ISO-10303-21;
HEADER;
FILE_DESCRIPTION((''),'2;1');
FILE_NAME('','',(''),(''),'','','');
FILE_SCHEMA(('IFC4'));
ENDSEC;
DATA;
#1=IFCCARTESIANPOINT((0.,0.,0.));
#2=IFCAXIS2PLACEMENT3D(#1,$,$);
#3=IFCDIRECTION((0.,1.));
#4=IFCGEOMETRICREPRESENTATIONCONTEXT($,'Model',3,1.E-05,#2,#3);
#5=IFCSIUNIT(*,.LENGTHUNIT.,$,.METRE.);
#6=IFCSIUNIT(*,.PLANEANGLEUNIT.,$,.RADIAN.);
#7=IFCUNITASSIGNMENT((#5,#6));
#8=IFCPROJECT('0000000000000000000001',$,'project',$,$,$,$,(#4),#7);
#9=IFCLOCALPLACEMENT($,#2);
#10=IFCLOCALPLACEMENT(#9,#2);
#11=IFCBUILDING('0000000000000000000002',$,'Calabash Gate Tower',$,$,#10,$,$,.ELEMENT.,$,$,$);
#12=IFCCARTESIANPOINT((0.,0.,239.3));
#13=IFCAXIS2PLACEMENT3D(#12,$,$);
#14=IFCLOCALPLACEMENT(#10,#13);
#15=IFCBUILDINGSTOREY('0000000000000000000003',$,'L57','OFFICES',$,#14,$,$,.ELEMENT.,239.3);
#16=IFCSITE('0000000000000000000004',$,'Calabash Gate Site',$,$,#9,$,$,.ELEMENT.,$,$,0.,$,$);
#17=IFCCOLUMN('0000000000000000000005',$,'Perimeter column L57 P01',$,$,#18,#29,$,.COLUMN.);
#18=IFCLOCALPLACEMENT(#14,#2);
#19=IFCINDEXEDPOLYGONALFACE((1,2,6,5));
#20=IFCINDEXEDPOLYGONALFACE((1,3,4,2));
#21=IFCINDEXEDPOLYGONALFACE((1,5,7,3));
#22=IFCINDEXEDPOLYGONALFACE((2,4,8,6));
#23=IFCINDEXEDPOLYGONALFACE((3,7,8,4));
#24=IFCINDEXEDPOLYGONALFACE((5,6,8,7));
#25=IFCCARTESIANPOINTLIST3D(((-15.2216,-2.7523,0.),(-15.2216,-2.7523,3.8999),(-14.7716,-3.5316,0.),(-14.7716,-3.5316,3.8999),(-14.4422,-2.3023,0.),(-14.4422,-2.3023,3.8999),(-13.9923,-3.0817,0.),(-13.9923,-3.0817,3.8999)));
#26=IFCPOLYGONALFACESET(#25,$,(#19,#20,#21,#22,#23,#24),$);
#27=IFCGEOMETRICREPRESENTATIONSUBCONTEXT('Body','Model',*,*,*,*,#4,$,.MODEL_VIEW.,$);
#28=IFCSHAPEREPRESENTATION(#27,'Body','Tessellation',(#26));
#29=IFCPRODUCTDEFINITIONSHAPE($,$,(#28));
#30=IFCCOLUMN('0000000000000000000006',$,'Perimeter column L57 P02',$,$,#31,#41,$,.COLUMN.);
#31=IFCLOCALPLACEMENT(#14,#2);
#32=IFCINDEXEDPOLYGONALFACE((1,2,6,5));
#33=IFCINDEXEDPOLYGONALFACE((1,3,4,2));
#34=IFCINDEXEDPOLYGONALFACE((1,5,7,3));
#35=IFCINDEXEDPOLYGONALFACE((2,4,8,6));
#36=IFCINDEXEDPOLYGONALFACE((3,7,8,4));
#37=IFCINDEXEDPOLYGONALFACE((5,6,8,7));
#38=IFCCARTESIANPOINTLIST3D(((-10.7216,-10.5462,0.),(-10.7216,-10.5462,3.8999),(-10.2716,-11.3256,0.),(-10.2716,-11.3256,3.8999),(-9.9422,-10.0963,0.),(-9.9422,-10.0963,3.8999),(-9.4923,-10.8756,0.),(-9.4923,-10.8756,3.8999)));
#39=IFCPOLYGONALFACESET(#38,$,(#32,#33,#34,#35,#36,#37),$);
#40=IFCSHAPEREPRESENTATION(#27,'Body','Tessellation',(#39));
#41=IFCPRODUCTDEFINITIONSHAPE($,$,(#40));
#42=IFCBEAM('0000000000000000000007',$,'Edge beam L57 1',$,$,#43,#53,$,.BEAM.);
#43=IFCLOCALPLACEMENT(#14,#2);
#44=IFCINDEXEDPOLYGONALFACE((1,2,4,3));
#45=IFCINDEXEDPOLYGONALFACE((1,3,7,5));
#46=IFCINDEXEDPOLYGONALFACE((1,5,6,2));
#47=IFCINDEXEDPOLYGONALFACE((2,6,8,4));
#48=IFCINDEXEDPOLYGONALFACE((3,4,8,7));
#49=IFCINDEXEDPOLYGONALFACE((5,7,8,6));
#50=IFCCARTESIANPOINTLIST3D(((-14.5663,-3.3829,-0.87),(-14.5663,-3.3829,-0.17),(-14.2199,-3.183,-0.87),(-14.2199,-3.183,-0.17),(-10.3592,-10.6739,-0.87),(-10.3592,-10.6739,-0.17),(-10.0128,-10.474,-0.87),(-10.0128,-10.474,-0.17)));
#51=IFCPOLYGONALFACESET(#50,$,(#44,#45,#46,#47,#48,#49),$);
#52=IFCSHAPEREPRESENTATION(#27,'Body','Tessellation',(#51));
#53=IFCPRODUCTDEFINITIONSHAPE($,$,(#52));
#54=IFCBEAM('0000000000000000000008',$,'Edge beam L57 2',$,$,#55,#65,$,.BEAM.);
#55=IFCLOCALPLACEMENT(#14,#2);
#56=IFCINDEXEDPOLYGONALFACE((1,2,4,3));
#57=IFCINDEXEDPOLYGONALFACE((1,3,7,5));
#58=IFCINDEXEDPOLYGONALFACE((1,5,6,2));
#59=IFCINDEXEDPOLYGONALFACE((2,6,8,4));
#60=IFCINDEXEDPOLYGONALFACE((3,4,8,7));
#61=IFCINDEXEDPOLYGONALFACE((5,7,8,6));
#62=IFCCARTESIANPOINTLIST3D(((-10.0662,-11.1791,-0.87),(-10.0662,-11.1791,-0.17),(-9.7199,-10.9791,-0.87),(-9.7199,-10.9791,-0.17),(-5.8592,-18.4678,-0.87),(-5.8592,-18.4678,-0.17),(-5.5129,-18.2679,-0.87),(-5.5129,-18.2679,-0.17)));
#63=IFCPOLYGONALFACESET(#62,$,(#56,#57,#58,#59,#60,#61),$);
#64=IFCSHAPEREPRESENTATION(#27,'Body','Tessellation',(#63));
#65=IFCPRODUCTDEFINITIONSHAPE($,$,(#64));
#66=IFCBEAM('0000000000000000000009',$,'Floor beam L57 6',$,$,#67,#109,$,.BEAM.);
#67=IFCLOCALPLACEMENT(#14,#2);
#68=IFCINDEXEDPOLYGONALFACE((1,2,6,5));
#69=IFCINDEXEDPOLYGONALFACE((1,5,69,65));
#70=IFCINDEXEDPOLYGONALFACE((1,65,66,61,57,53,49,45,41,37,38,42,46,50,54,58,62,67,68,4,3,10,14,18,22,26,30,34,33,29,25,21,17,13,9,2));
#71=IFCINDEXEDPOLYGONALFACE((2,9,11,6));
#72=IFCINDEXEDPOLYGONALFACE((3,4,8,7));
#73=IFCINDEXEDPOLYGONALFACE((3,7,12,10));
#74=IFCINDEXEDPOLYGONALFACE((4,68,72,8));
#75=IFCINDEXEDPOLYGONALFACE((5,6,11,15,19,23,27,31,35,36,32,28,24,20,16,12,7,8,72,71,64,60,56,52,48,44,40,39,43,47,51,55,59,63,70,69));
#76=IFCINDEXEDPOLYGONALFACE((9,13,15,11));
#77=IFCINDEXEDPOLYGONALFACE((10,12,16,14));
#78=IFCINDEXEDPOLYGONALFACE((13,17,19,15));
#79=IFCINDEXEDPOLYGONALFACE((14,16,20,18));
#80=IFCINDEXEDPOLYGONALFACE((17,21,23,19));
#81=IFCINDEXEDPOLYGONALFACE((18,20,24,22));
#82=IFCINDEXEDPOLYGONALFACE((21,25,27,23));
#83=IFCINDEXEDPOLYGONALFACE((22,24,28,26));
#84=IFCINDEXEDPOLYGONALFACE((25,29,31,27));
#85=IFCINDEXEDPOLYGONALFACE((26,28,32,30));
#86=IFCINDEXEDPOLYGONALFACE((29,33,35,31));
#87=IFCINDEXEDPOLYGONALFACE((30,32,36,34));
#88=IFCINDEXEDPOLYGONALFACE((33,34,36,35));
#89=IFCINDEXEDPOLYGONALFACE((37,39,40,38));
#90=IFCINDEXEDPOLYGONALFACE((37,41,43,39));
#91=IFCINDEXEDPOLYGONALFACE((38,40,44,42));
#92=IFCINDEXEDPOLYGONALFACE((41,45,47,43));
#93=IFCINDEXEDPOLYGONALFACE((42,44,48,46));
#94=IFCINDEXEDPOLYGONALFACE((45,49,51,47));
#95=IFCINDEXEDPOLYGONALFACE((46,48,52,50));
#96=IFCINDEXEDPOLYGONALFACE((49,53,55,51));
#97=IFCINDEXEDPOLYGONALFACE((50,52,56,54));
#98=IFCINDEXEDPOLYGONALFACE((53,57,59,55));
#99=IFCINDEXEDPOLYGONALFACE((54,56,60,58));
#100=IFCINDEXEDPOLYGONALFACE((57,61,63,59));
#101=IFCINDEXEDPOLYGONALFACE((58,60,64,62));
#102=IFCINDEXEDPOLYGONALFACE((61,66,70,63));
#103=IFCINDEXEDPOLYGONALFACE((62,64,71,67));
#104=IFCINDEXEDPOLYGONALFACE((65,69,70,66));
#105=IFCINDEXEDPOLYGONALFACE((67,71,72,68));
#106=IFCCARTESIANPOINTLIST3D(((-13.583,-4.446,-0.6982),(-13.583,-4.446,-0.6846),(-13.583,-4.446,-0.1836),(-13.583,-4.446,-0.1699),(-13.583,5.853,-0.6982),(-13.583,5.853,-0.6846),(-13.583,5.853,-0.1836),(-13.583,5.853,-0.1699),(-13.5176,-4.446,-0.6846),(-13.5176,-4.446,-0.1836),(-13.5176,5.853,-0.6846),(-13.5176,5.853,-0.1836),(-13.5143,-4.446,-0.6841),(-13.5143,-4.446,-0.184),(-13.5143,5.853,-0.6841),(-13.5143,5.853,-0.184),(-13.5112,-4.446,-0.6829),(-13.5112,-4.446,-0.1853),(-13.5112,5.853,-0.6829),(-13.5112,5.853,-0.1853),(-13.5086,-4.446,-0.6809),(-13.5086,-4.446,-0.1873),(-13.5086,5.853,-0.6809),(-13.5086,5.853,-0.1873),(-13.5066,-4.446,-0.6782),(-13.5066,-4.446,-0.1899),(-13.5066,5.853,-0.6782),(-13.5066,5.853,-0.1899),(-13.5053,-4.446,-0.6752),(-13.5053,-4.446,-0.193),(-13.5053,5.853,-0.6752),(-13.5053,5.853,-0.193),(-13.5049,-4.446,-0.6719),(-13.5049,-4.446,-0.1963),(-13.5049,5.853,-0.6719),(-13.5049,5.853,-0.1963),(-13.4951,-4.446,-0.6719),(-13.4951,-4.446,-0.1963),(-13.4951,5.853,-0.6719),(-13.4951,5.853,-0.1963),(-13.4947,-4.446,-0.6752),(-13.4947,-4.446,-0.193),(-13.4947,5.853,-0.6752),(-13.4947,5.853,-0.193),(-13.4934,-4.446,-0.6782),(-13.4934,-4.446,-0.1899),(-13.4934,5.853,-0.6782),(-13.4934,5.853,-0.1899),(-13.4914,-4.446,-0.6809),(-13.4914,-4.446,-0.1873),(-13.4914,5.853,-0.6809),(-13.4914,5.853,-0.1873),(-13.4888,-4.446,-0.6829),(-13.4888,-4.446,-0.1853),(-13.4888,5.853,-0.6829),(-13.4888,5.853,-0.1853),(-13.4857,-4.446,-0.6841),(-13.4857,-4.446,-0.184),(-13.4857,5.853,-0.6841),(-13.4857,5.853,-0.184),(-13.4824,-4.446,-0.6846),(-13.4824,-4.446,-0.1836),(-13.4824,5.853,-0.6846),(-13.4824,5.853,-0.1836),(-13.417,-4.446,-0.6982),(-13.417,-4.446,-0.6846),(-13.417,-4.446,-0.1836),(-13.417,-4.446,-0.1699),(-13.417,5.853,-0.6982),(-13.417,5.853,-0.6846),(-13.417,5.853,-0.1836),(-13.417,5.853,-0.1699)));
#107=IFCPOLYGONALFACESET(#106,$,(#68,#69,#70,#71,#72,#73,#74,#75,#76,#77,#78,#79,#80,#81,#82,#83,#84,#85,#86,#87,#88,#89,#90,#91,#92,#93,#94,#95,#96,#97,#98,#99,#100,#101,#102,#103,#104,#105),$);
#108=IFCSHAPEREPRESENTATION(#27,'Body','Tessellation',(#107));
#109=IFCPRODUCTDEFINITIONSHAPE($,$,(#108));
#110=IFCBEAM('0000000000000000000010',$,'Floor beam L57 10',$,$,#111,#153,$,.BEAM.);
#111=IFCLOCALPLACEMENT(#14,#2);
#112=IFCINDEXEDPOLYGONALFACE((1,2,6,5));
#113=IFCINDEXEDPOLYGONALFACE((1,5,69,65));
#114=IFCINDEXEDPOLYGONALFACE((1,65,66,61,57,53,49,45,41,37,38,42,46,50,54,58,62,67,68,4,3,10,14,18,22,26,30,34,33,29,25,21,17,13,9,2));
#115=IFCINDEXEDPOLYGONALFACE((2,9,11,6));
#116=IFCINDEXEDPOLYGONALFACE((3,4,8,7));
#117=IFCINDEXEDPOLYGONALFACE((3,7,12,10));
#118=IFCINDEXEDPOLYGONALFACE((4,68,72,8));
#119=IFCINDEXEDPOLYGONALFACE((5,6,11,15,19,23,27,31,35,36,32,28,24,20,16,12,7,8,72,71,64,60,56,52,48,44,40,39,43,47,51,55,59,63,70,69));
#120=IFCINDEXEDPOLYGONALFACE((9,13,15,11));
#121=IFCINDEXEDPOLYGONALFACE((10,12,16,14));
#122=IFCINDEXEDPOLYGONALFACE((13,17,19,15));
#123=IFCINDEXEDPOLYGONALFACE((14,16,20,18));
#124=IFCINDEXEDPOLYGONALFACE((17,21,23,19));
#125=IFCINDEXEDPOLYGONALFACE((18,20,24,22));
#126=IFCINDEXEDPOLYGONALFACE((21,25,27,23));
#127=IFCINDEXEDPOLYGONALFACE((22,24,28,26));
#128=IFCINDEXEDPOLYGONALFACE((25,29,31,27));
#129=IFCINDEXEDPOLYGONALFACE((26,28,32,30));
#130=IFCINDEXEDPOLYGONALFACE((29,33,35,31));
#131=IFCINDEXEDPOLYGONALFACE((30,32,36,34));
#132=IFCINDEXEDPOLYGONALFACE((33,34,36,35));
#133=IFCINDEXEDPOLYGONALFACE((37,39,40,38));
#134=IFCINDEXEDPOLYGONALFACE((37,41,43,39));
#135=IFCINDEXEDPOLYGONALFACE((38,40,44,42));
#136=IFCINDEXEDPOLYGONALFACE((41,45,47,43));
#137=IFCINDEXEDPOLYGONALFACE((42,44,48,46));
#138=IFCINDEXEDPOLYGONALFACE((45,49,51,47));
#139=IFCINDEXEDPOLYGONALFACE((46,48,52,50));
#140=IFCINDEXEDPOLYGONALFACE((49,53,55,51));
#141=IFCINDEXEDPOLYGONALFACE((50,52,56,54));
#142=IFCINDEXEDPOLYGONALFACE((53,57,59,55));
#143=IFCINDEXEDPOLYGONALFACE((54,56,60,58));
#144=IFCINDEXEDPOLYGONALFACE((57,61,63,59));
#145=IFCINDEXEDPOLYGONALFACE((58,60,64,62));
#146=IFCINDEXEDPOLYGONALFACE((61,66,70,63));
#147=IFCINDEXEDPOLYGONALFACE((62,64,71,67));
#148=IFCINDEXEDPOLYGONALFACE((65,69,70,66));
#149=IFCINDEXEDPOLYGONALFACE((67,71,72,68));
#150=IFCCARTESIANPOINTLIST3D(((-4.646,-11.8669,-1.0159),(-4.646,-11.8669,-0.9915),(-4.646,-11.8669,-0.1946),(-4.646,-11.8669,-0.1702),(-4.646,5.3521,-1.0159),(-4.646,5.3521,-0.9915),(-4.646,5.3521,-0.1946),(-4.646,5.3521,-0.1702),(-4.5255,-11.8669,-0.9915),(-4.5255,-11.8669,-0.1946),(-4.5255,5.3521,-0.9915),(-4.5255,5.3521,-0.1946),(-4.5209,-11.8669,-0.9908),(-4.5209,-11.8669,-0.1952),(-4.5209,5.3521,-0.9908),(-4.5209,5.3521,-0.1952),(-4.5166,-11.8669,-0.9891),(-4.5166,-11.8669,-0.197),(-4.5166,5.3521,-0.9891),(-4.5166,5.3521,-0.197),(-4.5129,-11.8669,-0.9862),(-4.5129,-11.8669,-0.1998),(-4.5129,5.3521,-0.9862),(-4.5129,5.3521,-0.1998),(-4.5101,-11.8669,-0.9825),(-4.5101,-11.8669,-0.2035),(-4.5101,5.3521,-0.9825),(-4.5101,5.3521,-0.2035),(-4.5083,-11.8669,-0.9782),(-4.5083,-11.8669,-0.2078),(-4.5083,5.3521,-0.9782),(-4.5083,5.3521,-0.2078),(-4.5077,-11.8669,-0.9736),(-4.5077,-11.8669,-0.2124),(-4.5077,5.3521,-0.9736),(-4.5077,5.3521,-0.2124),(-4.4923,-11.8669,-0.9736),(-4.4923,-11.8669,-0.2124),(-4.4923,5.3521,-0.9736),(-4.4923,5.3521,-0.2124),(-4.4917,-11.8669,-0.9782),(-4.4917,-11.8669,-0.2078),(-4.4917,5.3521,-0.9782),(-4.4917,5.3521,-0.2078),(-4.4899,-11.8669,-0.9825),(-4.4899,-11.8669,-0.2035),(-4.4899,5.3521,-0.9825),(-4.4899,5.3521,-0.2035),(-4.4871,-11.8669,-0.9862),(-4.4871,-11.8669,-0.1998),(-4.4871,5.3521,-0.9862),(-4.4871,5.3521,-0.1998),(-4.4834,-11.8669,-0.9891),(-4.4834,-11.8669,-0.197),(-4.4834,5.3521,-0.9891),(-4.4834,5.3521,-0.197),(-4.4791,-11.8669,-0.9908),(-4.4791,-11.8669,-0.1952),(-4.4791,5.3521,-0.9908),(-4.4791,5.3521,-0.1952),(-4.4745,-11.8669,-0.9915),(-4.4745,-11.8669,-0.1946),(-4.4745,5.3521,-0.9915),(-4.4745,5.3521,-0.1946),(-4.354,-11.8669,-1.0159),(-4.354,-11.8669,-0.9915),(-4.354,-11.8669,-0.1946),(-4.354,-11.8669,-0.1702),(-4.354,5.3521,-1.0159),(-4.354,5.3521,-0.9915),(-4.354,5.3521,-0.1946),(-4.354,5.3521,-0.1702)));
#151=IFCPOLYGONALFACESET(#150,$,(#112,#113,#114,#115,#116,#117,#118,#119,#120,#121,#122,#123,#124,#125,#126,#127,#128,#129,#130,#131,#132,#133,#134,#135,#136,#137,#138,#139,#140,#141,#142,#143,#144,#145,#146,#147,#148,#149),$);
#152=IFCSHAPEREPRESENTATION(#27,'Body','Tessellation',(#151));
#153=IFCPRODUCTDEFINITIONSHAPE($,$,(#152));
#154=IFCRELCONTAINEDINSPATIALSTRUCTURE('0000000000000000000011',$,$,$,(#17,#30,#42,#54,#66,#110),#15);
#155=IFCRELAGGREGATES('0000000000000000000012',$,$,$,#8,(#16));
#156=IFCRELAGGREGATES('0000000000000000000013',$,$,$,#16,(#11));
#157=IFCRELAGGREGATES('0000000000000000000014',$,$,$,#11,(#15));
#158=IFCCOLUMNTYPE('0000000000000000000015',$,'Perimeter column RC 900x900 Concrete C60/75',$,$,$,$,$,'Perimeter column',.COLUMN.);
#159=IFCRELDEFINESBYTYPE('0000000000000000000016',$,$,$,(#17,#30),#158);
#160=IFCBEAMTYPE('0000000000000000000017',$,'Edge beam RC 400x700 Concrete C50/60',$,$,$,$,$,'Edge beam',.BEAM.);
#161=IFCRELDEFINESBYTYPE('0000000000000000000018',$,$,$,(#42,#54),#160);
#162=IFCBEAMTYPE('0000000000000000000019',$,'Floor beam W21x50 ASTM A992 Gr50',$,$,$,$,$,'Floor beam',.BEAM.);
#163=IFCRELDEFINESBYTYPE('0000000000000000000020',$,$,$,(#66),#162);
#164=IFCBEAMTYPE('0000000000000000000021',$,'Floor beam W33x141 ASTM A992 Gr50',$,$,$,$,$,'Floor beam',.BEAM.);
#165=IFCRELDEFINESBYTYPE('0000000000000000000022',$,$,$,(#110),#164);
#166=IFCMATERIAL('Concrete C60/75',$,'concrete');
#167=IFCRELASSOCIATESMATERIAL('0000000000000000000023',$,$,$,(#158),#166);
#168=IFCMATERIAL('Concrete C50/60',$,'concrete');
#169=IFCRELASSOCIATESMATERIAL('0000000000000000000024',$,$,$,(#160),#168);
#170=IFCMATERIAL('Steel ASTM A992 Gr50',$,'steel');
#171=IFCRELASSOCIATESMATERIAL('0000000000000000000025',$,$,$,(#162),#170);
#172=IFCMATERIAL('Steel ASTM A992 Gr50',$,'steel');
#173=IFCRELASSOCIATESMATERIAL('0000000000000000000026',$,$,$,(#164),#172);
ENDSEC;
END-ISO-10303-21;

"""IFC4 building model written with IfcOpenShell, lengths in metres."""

from ifc_helpers import new_model, si_unit, direction, frame, origin, origin_2d, place, context, subcontext, project, spatial, rectangle, i_section, extrude, material, material_profile, profile_set, type_object, element, save


model = new_model("IFC4")

# Units and contexts
model_context = context("Model", 3, precision=1e-05, world=origin(), true_north=direction((0.0, 1.0)))
body_context = subcontext(model_context, "Body", "Model", "MODEL_VIEW")
ifc_project = project(units=[si_unit("LENGTHUNIT", "METRE"), si_unit("PLANEANGLEUNIT", "RADIAN")], contexts=[model_context])

# Site, building, storey
site_placement = place(None, origin())
site = spatial("IfcSite", under=ifc_project, at=site_placement, Name="Calabash Gate Site", CompositionType="ELEMENT", RefElevation=0.0)
building_placement = place(site_placement, origin())
building = spatial("IfcBuilding", under=site, at=building_placement, Name="Calabash Gate Tower", CompositionType="ELEMENT")
storey_placement = place(building_placement, frame((0.0, 0.0, 239.3)))
storey = spatial("IfcBuildingStorey", under=building, at=storey_placement, Name="L57", Description="OFFICES", CompositionType="ELEMENT", Elevation=239.3)

# Columns
ifc_material_1 = material(Name="Concrete C60/75", Category="concrete")
ifc_material_profile_1 = material_profile(ifc_material_1, rectangle(XDim=0.8999, YDim=0.8999, at=origin_2d()))
ifc_profile_set_1 = profile_set([ifc_material_profile_1], Name="Concrete C60/75")
column_type = type_object("IfcColumnType", Name="Perimeter column RC 900x900 Concrete C60/75", ElementType="Perimeter column", PredefinedType="COLUMN", material=ifc_profile_set_1)
for number, where, z_axis, x_axis, name in (
    (1, (-14.6069, -2.917, 0.0), (0.0, 0.0, 1.0), (0.5, -0.866025, 0.0), "Perimeter column L57 P01"),
    (2, (-10.1069, -10.7109, 0.0), (0.0, 0.0, 1.0), (0.5, -0.866025, 0.0), "Perimeter column L57 P02"),
):
    element("IfcColumn", number, at=place(storey_placement, frame(where, z_axis=z_axis, x_axis=x_axis)), inside=storey, type_object=column_type, Name=name, PredefinedType="COLUMN", context=body_context, shape_type="SweptSolid", body=[
        extrude(rectangle(XDim=0.8999, YDim=0.8999, at=origin_2d()), origin(), (0.0, 0.0, 1.0), 3.8999),
    ])

# Beams
ifc_material_2 = material(Name="Concrete C50/60", Category="concrete")
ifc_material_profile_2 = material_profile(ifc_material_2, rectangle(XDim=0.3999, YDim=0.7, at=origin_2d()))
ifc_profile_set_2 = profile_set([ifc_material_profile_2], Name="Concrete C50/60")
beam_type_1 = type_object("IfcBeamType", Name="Edge beam RC 400x700 Concrete C50/60", ElementType="Edge beam", PredefinedType="BEAM", material=ifc_profile_set_2)
beam_1_placement = place(storey_placement, frame((-14.3931, -3.283, -0.52), z_axis=(0.499783, -0.866151, 0.0), x_axis=(0.866151, 0.499783, 0.0)))
element("IfcBeam", 3, at=beam_1_placement, inside=storey, type_object=beam_type_1, Name="Edge beam L57 1", PredefinedType="BEAM", context=body_context, shape_type="SweptSolid", body=[
    extrude(rectangle(XDim=0.3999, YDim=0.7, at=origin_2d()), origin(), (0.0, 0.0, 1.0), 8.4177),
])
beam_2_placement = place(storey_placement, frame((-9.8931, -11.0791, -0.52), z_axis=(0.499896, -0.866086, 0.0), x_axis=(0.866086, 0.499896, 0.0)))
element("IfcBeam", 4, at=beam_2_placement, inside=storey, type_object=beam_type_1, Name="Edge beam L57 2", PredefinedType="BEAM", context=body_context, shape_type="SweptSolid", body=[
    extrude(rectangle(XDim=0.3999, YDim=0.7, at=origin_2d()), origin(), (0.0, 0.0, 1.0), 8.4158),
])
ifc_material_3 = material(Name="Steel ASTM A992 Gr50", Category="steel")
ifc_material_profile_3 = material_profile(ifc_material_3, i_section(OverallWidth=0.166, OverallDepth=0.5283, WebThickness=0.0098, FlangeThickness=0.0137, FilletRadius=0.0127, at=origin_2d()))
ifc_profile_set_3 = profile_set([ifc_material_profile_3], Name="Steel ASTM A992 Gr50")
beam_type_2 = type_object("IfcBeamType", Name="Floor beam W21x50 ASTM A992 Gr50", ElementType="Floor beam", PredefinedType="BEAM", material=ifc_profile_set_3)
beam_3_placement = place(storey_placement, frame((-13.5, -4.446, -0.4341), z_axis=(0.0, 1.0, 0.0), x_axis=(-1.0, 0.0, 0.0)))
element("IfcBeam", 5, at=beam_3_placement, inside=storey, type_object=beam_type_2, Name="Floor beam L57 6", PredefinedType="BEAM", context=body_context, shape_type="SweptSolid", body=[
    extrude(i_section(OverallWidth=0.166, OverallDepth=0.5283, WebThickness=0.0098, FlangeThickness=0.0137, FilletRadius=0.0127, at=origin_2d()), origin(), (0.0, 0.0, 1.0), 10.2991),
])
ifc_material_4 = material(Name="Steel ASTM A992 Gr50", Category="steel")
ifc_material_profile_4 = material_profile(ifc_material_4, i_section(OverallWidth=0.292, OverallDepth=0.8457, WebThickness=0.0154, FlangeThickness=0.0244, FilletRadius=0.0178, at=origin_2d()))
ifc_profile_set_4 = profile_set([ifc_material_profile_4], Name="Steel ASTM A992 Gr50")
beam_type_3 = type_object("IfcBeamType", Name="Floor beam W33x141 ASTM A992 Gr50", ElementType="Floor beam", PredefinedType="BEAM", material=ifc_profile_set_4)
beam_4_placement = place(storey_placement, frame((-4.5, -11.8669, -0.593), z_axis=(0.0, 1.0, 0.0), x_axis=(-1.0, 0.0, 0.0)))
element("IfcBeam", 6, at=beam_4_placement, inside=storey, type_object=beam_type_3, Name="Floor beam L57 10", PredefinedType="BEAM", context=body_context, shape_type="SweptSolid", body=[
    extrude(i_section(OverallWidth=0.292, OverallDepth=0.8457, WebThickness=0.0154, FlangeThickness=0.0244, FilletRadius=0.0178, at=origin_2d()), origin(), (0.0, 0.0, 1.0), 17.219),
])

save(model, "model.ifc")
